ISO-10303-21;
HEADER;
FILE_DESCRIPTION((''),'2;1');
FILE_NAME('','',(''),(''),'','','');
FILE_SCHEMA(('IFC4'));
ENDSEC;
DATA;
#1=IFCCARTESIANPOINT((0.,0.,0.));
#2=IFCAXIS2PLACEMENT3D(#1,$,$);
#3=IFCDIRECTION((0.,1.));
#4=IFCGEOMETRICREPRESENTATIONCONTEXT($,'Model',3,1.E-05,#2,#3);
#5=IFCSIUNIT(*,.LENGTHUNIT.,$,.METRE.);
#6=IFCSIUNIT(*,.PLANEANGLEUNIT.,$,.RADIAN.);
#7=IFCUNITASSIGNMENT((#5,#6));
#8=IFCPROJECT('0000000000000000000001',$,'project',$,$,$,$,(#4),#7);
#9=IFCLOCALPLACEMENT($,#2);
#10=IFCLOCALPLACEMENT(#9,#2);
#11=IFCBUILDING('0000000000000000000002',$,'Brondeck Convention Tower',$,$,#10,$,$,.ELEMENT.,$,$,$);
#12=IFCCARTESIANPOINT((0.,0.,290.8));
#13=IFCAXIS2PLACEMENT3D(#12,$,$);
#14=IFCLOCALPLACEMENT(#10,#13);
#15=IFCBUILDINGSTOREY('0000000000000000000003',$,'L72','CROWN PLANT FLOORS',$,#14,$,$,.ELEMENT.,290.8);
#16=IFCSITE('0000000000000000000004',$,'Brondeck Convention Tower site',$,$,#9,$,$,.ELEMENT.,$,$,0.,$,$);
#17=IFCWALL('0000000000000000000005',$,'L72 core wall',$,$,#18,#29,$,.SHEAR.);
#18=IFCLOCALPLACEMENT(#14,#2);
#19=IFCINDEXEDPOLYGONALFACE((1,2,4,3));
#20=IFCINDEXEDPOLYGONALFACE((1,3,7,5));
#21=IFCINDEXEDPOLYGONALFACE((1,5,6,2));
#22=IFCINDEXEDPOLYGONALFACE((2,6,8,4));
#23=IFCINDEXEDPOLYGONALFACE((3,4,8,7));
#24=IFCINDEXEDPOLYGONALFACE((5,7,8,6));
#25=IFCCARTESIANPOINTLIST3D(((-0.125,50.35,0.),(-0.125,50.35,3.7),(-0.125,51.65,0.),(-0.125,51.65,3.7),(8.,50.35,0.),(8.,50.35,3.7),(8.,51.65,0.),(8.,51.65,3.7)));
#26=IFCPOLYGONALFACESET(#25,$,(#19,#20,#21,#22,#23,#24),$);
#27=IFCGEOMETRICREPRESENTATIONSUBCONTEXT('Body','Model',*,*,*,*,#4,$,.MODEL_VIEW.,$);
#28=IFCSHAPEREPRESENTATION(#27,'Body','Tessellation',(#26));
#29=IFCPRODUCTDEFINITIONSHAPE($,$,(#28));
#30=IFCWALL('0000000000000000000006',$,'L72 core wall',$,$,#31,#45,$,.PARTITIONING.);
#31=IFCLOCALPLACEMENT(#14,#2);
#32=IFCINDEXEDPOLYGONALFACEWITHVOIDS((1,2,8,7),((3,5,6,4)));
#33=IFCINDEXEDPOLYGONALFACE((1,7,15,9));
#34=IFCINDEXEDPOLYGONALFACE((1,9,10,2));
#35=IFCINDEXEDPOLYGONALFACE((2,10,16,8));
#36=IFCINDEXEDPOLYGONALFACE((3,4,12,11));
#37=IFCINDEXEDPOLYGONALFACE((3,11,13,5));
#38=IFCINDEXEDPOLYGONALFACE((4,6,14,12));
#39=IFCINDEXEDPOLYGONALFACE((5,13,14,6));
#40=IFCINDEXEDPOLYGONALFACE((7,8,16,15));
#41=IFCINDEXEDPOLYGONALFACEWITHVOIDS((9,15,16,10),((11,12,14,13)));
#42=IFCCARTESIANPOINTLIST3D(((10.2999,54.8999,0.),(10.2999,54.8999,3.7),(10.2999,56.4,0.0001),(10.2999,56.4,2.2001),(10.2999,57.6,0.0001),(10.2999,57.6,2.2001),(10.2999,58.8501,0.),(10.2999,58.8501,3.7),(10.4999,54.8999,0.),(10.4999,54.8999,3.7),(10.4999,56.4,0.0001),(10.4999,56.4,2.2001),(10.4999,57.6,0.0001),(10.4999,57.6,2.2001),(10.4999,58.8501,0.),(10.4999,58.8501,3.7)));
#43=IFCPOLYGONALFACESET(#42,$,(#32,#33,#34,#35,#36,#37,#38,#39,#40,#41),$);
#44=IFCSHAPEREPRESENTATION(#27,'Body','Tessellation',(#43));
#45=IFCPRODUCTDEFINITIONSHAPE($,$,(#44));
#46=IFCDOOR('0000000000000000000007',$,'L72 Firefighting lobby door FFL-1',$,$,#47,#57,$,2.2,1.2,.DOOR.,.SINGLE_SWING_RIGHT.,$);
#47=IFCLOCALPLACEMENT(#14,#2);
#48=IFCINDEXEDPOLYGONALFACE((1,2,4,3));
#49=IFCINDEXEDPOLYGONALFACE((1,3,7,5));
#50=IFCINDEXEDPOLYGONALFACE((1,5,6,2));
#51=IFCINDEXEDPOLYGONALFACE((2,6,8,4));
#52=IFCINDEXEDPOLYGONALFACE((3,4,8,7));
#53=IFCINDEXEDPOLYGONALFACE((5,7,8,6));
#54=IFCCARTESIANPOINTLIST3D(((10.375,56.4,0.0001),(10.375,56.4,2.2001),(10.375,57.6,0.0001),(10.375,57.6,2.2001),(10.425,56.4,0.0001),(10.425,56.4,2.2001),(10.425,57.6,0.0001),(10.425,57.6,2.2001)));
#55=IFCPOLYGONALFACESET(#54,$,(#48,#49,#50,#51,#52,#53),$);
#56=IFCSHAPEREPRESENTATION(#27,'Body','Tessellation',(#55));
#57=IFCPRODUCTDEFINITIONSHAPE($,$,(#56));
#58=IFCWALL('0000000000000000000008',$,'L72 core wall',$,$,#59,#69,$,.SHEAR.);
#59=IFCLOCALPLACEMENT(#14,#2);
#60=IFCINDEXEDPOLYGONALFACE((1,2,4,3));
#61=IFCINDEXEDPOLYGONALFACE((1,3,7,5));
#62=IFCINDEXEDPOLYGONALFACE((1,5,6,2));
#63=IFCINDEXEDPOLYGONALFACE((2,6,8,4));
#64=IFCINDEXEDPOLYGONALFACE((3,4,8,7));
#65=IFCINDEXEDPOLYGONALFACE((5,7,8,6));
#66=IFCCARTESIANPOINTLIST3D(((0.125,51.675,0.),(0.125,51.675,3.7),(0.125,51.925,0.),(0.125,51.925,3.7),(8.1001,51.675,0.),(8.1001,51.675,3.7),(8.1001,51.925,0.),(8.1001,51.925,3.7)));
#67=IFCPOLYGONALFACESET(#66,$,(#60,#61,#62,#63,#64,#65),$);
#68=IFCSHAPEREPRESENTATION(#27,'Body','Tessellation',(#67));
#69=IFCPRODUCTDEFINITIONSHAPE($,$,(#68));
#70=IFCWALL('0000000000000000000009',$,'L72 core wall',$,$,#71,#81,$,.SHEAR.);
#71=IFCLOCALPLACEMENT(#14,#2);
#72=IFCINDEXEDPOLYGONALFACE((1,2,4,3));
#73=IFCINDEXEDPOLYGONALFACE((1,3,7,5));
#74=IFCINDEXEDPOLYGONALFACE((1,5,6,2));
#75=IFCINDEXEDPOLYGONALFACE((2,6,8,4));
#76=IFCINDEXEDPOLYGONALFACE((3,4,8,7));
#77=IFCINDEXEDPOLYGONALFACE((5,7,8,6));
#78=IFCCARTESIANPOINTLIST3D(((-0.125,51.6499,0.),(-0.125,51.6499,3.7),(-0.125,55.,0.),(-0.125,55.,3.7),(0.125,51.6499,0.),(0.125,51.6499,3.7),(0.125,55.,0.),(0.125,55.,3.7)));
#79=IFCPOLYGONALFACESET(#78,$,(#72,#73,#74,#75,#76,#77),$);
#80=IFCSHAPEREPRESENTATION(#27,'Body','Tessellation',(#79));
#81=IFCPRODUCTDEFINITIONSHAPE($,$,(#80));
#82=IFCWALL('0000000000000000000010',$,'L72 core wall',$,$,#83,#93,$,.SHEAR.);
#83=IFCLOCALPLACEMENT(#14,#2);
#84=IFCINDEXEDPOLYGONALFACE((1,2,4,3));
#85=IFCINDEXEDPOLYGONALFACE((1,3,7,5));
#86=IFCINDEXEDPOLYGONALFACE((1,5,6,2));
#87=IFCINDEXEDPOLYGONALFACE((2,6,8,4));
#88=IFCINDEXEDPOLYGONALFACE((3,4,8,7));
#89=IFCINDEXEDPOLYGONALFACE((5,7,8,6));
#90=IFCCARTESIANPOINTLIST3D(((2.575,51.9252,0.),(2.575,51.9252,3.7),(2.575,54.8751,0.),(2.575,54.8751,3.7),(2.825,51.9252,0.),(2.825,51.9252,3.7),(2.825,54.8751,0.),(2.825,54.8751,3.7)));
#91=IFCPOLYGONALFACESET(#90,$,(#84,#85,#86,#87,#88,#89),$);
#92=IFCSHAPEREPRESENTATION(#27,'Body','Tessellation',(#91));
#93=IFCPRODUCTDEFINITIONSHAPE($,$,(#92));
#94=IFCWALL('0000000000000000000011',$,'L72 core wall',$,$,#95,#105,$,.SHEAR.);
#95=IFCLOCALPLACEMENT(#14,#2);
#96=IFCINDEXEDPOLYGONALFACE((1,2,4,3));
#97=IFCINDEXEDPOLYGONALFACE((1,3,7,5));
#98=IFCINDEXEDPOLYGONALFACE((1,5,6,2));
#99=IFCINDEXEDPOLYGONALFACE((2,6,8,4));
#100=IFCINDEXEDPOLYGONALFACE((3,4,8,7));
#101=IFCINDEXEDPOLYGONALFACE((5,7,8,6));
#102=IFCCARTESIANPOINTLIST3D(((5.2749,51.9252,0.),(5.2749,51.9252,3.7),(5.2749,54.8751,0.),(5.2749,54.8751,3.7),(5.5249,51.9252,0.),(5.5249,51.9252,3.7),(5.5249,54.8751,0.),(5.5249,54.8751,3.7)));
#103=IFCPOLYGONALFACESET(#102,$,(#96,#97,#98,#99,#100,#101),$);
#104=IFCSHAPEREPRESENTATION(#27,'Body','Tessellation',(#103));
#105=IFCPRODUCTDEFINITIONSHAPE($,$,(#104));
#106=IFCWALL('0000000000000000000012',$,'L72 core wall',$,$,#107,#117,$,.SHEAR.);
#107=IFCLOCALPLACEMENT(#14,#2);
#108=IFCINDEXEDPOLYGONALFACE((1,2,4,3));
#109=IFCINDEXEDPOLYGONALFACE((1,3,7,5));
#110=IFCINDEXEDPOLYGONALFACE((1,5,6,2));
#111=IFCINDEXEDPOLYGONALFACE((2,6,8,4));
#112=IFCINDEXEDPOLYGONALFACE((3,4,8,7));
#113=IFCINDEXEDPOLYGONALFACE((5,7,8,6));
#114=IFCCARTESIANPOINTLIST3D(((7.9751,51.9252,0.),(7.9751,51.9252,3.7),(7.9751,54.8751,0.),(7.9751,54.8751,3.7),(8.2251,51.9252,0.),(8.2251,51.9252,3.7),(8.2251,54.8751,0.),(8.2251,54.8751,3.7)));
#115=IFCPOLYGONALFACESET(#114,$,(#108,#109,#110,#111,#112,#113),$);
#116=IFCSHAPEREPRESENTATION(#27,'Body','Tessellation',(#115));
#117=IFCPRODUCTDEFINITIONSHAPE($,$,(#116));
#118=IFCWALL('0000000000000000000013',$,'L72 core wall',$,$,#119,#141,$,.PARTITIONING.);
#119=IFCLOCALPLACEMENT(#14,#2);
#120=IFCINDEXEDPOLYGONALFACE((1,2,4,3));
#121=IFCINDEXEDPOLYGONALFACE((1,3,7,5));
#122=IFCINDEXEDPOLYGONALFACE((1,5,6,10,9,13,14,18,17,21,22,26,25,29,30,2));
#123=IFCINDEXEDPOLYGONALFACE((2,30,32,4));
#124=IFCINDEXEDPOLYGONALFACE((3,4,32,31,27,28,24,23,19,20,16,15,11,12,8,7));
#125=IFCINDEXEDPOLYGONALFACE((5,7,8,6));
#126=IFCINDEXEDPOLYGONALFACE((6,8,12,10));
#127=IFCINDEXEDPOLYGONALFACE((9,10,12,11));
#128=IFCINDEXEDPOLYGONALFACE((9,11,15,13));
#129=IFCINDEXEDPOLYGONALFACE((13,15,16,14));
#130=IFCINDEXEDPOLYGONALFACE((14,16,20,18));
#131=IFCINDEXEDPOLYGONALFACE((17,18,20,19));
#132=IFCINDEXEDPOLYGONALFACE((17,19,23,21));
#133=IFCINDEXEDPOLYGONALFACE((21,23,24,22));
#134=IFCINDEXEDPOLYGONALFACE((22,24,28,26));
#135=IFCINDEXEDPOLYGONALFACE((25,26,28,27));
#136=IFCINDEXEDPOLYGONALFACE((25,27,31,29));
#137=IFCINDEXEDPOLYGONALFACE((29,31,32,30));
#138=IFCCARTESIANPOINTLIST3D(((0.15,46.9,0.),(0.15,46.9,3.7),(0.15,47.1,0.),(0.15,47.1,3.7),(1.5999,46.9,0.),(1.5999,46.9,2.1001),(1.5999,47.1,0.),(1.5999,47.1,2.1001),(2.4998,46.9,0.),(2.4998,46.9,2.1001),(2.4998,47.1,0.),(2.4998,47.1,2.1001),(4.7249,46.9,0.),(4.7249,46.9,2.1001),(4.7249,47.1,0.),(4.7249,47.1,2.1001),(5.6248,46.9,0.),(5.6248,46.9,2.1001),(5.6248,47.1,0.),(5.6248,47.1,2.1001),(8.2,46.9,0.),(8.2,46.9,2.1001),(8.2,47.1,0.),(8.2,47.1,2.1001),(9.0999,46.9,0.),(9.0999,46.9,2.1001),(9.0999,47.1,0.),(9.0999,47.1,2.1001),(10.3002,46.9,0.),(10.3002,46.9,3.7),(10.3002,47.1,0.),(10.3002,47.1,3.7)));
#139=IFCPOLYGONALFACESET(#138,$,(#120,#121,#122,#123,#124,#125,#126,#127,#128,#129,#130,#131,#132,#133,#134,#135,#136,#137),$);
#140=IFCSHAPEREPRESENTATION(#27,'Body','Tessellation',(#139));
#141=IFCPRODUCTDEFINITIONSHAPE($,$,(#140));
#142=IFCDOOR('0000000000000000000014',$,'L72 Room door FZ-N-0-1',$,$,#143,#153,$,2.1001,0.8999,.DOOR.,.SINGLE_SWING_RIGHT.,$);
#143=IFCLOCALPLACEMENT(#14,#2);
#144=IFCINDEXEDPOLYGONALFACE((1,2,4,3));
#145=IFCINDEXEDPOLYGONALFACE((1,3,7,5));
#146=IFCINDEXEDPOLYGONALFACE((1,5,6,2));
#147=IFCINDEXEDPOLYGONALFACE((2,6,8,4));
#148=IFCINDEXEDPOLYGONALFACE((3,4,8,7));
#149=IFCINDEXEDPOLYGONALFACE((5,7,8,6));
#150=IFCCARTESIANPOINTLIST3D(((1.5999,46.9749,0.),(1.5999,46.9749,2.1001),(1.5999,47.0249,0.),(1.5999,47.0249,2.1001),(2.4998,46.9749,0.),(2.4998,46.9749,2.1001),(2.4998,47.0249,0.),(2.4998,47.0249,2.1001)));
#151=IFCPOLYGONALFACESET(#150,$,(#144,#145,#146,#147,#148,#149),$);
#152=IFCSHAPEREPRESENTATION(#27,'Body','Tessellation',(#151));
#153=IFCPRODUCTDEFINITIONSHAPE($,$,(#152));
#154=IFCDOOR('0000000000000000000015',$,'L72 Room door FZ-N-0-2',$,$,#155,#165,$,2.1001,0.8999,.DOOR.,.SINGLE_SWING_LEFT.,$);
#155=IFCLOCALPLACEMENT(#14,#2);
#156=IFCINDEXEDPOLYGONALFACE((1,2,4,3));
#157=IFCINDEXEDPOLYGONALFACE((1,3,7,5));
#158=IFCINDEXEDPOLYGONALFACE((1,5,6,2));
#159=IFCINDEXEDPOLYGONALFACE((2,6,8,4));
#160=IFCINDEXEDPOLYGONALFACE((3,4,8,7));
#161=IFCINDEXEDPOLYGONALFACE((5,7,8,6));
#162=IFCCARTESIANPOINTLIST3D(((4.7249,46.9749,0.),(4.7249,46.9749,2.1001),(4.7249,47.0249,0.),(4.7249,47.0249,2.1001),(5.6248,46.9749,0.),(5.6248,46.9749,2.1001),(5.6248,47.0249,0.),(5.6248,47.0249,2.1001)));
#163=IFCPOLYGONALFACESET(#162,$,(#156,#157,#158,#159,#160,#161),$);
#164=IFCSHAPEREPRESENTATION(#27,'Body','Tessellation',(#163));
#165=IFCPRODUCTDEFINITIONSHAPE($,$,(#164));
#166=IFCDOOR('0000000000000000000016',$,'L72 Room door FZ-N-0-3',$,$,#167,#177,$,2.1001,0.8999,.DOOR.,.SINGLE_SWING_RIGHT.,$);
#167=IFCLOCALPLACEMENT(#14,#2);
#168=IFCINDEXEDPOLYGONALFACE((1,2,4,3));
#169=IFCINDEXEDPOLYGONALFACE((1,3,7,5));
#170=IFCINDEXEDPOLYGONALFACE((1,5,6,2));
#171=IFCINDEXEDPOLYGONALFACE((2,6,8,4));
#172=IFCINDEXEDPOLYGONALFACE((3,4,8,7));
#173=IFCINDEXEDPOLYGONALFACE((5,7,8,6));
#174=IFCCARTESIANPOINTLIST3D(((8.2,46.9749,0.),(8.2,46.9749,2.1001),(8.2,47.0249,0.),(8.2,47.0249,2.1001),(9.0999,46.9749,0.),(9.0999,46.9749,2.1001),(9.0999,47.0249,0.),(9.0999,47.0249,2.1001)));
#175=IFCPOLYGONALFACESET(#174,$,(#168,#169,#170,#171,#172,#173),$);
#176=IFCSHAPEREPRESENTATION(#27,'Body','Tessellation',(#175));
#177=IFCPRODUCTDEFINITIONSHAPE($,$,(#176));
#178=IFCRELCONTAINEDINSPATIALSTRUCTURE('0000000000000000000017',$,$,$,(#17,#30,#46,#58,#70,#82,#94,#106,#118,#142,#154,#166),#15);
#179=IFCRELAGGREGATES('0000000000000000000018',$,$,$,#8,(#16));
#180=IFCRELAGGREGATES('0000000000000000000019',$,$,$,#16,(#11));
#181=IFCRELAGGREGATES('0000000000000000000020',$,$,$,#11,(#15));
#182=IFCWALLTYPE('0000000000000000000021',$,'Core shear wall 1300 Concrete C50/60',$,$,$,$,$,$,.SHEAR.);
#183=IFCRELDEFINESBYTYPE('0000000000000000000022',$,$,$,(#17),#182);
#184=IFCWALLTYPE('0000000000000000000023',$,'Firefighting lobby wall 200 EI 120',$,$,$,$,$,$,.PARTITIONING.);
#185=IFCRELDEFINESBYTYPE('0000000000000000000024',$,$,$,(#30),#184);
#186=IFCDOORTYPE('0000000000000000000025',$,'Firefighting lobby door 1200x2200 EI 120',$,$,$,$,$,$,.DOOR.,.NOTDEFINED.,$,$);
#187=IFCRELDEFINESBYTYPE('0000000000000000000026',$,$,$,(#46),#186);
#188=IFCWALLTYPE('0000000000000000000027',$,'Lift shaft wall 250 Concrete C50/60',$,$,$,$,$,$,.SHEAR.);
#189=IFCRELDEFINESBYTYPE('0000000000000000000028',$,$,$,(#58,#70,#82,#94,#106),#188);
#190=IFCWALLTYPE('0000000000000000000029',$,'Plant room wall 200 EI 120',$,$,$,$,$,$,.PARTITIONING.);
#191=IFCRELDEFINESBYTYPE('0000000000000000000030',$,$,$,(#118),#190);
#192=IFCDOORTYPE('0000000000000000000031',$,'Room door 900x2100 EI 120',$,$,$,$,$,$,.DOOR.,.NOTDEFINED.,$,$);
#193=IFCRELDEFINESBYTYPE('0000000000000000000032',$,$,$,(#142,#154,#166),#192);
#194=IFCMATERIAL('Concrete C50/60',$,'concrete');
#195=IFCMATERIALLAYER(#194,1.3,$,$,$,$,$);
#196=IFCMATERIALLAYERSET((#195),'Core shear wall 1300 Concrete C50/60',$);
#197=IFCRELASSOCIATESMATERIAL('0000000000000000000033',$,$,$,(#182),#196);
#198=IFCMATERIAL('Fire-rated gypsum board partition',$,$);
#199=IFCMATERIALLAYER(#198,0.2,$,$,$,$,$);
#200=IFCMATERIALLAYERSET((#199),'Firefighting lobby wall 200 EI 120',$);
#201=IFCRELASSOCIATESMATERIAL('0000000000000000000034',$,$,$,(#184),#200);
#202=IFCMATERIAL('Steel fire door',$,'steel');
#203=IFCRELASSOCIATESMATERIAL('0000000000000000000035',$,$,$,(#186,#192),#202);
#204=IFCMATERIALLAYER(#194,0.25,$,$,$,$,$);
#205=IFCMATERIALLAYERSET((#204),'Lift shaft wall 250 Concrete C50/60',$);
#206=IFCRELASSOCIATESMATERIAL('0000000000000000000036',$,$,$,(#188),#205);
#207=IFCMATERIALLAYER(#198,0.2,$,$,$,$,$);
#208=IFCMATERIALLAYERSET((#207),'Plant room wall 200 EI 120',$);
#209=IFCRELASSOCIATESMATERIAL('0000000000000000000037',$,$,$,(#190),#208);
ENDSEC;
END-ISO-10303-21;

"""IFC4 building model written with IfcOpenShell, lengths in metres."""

from ifc_helpers import new_model, si_unit, direction, frame, frame_2d, origin, place, context, subcontext, project, spatial, rectangle, extrude, material, layer, layer_set, type_object, element, fill, save


model = new_model("IFC4")

# Units and contexts
model_context = context("Model", 3, precision=1e-05, world=origin(), true_north=direction((0.0, 1.0)))
body_context = subcontext(model_context, "Body", "Model", "MODEL_VIEW")
ifc_project = project(units=[si_unit("LENGTHUNIT", "METRE"), si_unit("PLANEANGLEUNIT", "RADIAN")], contexts=[model_context])

# Site, building, storey
site_placement = place(None, origin())
site = spatial("IfcSite", under=ifc_project, at=site_placement, Name="Brondeck Convention Tower site", CompositionType="ELEMENT", RefElevation=0.0)
building_placement = place(site_placement, origin())
building = spatial("IfcBuilding", under=site, at=building_placement, Name="Brondeck Convention Tower", CompositionType="ELEMENT")
storey_placement = place(building_placement, frame((0.0, 0.0, 290.8)))
storey = spatial("IfcBuildingStorey", under=building, at=storey_placement, Name="L72", Description="CROWN PLANT FLOORS", CompositionType="ELEMENT", Elevation=290.8)

# Shared definitions
ifc_material_1 = material(Name="Concrete C50/60", Category="concrete")

# Wall
ifc_material_2 = material(Name="Fire-rated gypsum board partition")
ifc_layer_1 = layer(ifc_material_1, 1.3)
ifc_layer_set_1 = layer_set([ifc_layer_1], Name="Core shear wall 1300 Concrete C50/60")
wall_type_1 = type_object("IfcWallType", Name="Core shear wall 1300 Concrete C50/60", PredefinedType="SHEAR", material=ifc_layer_set_1)
wall_1_placement = place(storey_placement, frame((-0.125, 51.0, 0.0), z_axis=(0.0, 0.0, 1.0), x_axis=(1.0, 0.0, 0.0)))
element("IfcWall", 1, at=wall_1_placement, inside=storey, type_object=wall_type_1, Name="L72 core wall", PredefinedType="SHEAR", context=body_context, shape_type="SweptSolid", body=[
    extrude(rectangle(XDim=8.125, YDim=1.3, at=frame_2d((4.0625, 0.0))), origin(), (0.0, 0.0, 1.0), 3.7),
])

# Wall, opening, door
ifc_layer_2 = layer(ifc_material_2, 0.2)
ifc_layer_set_2 = layer_set([ifc_layer_2], Name="Firefighting lobby wall 200 EI 120")
wall_type_2 = type_object("IfcWallType", Name="Firefighting lobby wall 200 EI 120", PredefinedType="PARTITIONING", material=ifc_layer_set_2)
wall_2_placement = place(storey_placement, frame((10.3999, 54.8999, 0.0), z_axis=(0.0, 0.0, 1.0), x_axis=(0.0, 1.0, 0.0)))
wall_2 = element("IfcWall", 2, at=wall_2_placement, inside=storey, type_object=wall_type_2, Name="L72 core wall", PredefinedType="PARTITIONING", context=body_context, shape_type="SweptSolid", body=[
    extrude(rectangle(XDim=3.9502, YDim=0.2, at=frame_2d((1.9751, 0.0))), origin(), (0.0, 0.0, 1.0), 3.7),
])
opening_1_placement = place(wall_2_placement, frame((1.5, 0.0, 0.0)))
opening_1 = element("IfcOpeningElement", 3, at=opening_1_placement, cuts=wall_2, PredefinedType="OPENING", context=body_context, shape_type="SweptSolid", body=[
    extrude(rectangle(XDim=1.2, YDim=2.2, at=frame_2d((0.6001, 1.1001))), frame((0.0, 0.1099, 0.0), z_axis=(0.0, -1.0, 0.0), x_axis=(1.0, 0.0, 0.0)), (0.0, 0.0, 1.0), 0.22),
])
ifc_material_3 = material(Name="Steel fire door", Category="steel")
door_type_1 = type_object("IfcDoorType", Name="Firefighting lobby door 1200x2200 EI 120", OperationType="NOTDEFINED", PredefinedType="DOOR", material=ifc_material_3)
door_1_placement = place(opening_1_placement, origin())
door_1 = element("IfcDoor", 4, at=door_1_placement, inside=storey, type_object=door_type_1, Name="L72 Firefighting lobby door FFL-1", OperationType="SINGLE_SWING_RIGHT", OverallHeight=2.2, OverallWidth=1.2, PredefinedType="DOOR", context=body_context, shape_type="SweptSolid", body=[
    extrude(rectangle(XDim=1.2, YDim=2.2, at=frame_2d((0.6001, 1.1001))), frame((0.0, 0.0249, 0.0), z_axis=(0.0, -1.0, 0.0), x_axis=(1.0, 0.0, 0.0)), (0.0, 0.0, 1.0), 0.05),
])
fill(opening_1, door_1)

# Walls
ifc_layer_3 = layer(ifc_material_1, 0.25)
ifc_layer_set_3 = layer_set([ifc_layer_3], Name="Lift shaft wall 250 Concrete C50/60")
wall_type_3 = type_object("IfcWallType", Name="Lift shaft wall 250 Concrete C50/60", PredefinedType="SHEAR", material=ifc_layer_set_3)
wall_3_placement = place(storey_placement, frame((0.125, 51.8, 0.0), z_axis=(0.0, 0.0, 1.0), x_axis=(1.0, 0.0, 0.0)))
element("IfcWall", 5, at=wall_3_placement, inside=storey, type_object=wall_type_3, Name="L72 core wall", PredefinedType="SHEAR", context=body_context, shape_type="SweptSolid", body=[
    extrude(rectangle(XDim=7.9751, YDim=0.25, at=frame_2d((3.9875, 0.0))), origin(), (0.0, 0.0, 1.0), 3.7),
])
wall_4_placement = place(storey_placement, frame((0.0, 51.6499, 0.0), z_axis=(0.0, 0.0, 1.0), x_axis=(0.0, 1.0, 0.0)))
element("IfcWall", 6, at=wall_4_placement, inside=storey, type_object=wall_type_3, Name="L72 core wall", PredefinedType="SHEAR", context=body_context, shape_type="SweptSolid", body=[
    extrude(rectangle(XDim=3.3501, YDim=0.25, at=frame_2d((1.675, 0.0))), origin(), (0.0, 0.0, 1.0), 3.7),
])
for number, where, z_axis, x_axis, name in (
    (7, (2.7, 51.925, 0.0), (0.0, 0.0, 1.0), (0.0, 1.0, 0.0), "L72 core wall"),
    (8, (5.3999, 51.925, 0.0), (0.0, 0.0, 1.0), (0.0, 1.0, 0.0), "L72 core wall"),
    (9, (8.1001, 51.925, 0.0), (0.0, 0.0, 1.0), (0.0, 1.0, 0.0), "L72 core wall"),
):
    element("IfcWall", number, at=place(storey_placement, frame(where, z_axis=z_axis, x_axis=x_axis)), inside=storey, type_object=wall_type_3, Name=name, PredefinedType="SHEAR", context=body_context, shape_type="SweptSolid", body=[
        extrude(rectangle(XDim=2.95, YDim=0.25, at=frame_2d((1.4751, 0.0))), origin(), (0.0, 0.0, 1.0), 3.7),
    ])

# Wall, openings, doors
ifc_layer_4 = layer(ifc_material_2, 0.2)
ifc_layer_set_4 = layer_set([ifc_layer_4], Name="Plant room wall 200 EI 120")
wall_type_4 = type_object("IfcWallType", Name="Plant room wall 200 EI 120", PredefinedType="PARTITIONING", material=ifc_layer_set_4)
wall_5_placement = place(storey_placement, frame((0.1499, 47.0, 0.0), z_axis=(0.0, 0.0, 1.0), x_axis=(1.0, 0.0, 0.0)))
wall_5 = element("IfcWall", 10, at=wall_5_placement, inside=storey, type_object=wall_type_4, Name="L72 core wall", PredefinedType="PARTITIONING", context=body_context, shape_type="SweptSolid", body=[
    extrude(rectangle(XDim=10.1501, YDim=0.2, at=frame_2d((5.0752, 0.0))), origin(), (0.0, 0.0, 1.0), 3.7),
])
opening_2_placement = place(wall_5_placement, frame((1.45, 0.0, 0.0)))
opening_2 = element("IfcOpeningElement", 11, at=opening_2_placement, cuts=wall_5, PredefinedType="OPENING", context=body_context, shape_type="SweptSolid", body=[
    extrude(rectangle(XDim=0.8999, YDim=2.1001, at=frame_2d((0.45, 1.05))), frame((0.0, 0.1099, 0.0), z_axis=(0.0, -1.0, 0.0), x_axis=(1.0, 0.0, 0.0)), (0.0, 0.0, 1.0), 0.22),
])
opening_3_placement = place(wall_5_placement, frame((4.575, 0.0, 0.0)))
opening_3 = element("IfcOpeningElement", 12, at=opening_3_placement, cuts=wall_5, PredefinedType="OPENING", context=body_context, shape_type="SweptSolid", body=[
    extrude(rectangle(XDim=0.8999, YDim=2.1001, at=frame_2d((0.45, 1.05))), frame((0.0, 0.1099, 0.0), z_axis=(0.0, -1.0, 0.0), x_axis=(1.0, 0.0, 0.0)), (0.0, 0.0, 1.0), 0.22),
])
opening_4_placement = place(wall_5_placement, frame((8.05, 0.0, 0.0)))
opening_4 = element("IfcOpeningElement", 13, at=opening_4_placement, cuts=wall_5, PredefinedType="OPENING", context=body_context, shape_type="SweptSolid", body=[
    extrude(rectangle(XDim=0.8999, YDim=2.1001, at=frame_2d((0.45, 1.05))), frame((0.0, 0.1099, 0.0), z_axis=(0.0, -1.0, 0.0), x_axis=(1.0, 0.0, 0.0)), (0.0, 0.0, 1.0), 0.22),
])
door_type_2 = type_object("IfcDoorType", Name="Room door 900x2100 EI 120", OperationType="NOTDEFINED", PredefinedType="DOOR", material=ifc_material_3)
door_2_placement = place(opening_2_placement, origin())
door_2 = element("IfcDoor", 14, at=door_2_placement, inside=storey, type_object=door_type_2, Name="L72 Room door FZ-N-0-1", OperationType="SINGLE_SWING_RIGHT", OverallHeight=2.1001, OverallWidth=0.8999, PredefinedType="DOOR", context=body_context, shape_type="SweptSolid", body=[
    extrude(rectangle(XDim=0.8999, YDim=2.1001, at=frame_2d((0.45, 1.05))), frame((0.0, 0.0249, 0.0), z_axis=(0.0, -1.0, 0.0), x_axis=(1.0, 0.0, 0.0)), (0.0, 0.0, 1.0), 0.05),
])
fill(opening_2, door_2)
door_3_placement = place(opening_3_placement, origin())
door_3 = element("IfcDoor", 15, at=door_3_placement, inside=storey, type_object=door_type_2, Name="L72 Room door FZ-N-0-2", OperationType="SINGLE_SWING_LEFT", OverallHeight=2.1001, OverallWidth=0.8999, PredefinedType="DOOR", context=body_context, shape_type="SweptSolid", body=[
    extrude(rectangle(XDim=0.8999, YDim=2.1001, at=frame_2d((0.45, 1.05))), frame((0.0, 0.0249, 0.0), z_axis=(0.0, -1.0, 0.0), x_axis=(1.0, 0.0, 0.0)), (0.0, 0.0, 1.0), 0.05),
])
fill(opening_3, door_3)
door_4_placement = place(opening_4_placement, origin())
door_4 = element("IfcDoor", 16, at=door_4_placement, inside=storey, type_object=door_type_2, Name="L72 Room door FZ-N-0-3", OperationType="SINGLE_SWING_RIGHT", OverallHeight=2.1001, OverallWidth=0.8999, PredefinedType="DOOR", context=body_context, shape_type="SweptSolid", body=[
    extrude(rectangle(XDim=0.8999, YDim=2.1001, at=frame_2d((0.45, 1.05))), frame((0.0, 0.0249, 0.0), z_axis=(0.0, -1.0, 0.0), x_axis=(1.0, 0.0, 0.0)), (0.0, 0.0, 1.0), 0.05),
])
fill(opening_4, door_4)

save(model, "model.ifc")
